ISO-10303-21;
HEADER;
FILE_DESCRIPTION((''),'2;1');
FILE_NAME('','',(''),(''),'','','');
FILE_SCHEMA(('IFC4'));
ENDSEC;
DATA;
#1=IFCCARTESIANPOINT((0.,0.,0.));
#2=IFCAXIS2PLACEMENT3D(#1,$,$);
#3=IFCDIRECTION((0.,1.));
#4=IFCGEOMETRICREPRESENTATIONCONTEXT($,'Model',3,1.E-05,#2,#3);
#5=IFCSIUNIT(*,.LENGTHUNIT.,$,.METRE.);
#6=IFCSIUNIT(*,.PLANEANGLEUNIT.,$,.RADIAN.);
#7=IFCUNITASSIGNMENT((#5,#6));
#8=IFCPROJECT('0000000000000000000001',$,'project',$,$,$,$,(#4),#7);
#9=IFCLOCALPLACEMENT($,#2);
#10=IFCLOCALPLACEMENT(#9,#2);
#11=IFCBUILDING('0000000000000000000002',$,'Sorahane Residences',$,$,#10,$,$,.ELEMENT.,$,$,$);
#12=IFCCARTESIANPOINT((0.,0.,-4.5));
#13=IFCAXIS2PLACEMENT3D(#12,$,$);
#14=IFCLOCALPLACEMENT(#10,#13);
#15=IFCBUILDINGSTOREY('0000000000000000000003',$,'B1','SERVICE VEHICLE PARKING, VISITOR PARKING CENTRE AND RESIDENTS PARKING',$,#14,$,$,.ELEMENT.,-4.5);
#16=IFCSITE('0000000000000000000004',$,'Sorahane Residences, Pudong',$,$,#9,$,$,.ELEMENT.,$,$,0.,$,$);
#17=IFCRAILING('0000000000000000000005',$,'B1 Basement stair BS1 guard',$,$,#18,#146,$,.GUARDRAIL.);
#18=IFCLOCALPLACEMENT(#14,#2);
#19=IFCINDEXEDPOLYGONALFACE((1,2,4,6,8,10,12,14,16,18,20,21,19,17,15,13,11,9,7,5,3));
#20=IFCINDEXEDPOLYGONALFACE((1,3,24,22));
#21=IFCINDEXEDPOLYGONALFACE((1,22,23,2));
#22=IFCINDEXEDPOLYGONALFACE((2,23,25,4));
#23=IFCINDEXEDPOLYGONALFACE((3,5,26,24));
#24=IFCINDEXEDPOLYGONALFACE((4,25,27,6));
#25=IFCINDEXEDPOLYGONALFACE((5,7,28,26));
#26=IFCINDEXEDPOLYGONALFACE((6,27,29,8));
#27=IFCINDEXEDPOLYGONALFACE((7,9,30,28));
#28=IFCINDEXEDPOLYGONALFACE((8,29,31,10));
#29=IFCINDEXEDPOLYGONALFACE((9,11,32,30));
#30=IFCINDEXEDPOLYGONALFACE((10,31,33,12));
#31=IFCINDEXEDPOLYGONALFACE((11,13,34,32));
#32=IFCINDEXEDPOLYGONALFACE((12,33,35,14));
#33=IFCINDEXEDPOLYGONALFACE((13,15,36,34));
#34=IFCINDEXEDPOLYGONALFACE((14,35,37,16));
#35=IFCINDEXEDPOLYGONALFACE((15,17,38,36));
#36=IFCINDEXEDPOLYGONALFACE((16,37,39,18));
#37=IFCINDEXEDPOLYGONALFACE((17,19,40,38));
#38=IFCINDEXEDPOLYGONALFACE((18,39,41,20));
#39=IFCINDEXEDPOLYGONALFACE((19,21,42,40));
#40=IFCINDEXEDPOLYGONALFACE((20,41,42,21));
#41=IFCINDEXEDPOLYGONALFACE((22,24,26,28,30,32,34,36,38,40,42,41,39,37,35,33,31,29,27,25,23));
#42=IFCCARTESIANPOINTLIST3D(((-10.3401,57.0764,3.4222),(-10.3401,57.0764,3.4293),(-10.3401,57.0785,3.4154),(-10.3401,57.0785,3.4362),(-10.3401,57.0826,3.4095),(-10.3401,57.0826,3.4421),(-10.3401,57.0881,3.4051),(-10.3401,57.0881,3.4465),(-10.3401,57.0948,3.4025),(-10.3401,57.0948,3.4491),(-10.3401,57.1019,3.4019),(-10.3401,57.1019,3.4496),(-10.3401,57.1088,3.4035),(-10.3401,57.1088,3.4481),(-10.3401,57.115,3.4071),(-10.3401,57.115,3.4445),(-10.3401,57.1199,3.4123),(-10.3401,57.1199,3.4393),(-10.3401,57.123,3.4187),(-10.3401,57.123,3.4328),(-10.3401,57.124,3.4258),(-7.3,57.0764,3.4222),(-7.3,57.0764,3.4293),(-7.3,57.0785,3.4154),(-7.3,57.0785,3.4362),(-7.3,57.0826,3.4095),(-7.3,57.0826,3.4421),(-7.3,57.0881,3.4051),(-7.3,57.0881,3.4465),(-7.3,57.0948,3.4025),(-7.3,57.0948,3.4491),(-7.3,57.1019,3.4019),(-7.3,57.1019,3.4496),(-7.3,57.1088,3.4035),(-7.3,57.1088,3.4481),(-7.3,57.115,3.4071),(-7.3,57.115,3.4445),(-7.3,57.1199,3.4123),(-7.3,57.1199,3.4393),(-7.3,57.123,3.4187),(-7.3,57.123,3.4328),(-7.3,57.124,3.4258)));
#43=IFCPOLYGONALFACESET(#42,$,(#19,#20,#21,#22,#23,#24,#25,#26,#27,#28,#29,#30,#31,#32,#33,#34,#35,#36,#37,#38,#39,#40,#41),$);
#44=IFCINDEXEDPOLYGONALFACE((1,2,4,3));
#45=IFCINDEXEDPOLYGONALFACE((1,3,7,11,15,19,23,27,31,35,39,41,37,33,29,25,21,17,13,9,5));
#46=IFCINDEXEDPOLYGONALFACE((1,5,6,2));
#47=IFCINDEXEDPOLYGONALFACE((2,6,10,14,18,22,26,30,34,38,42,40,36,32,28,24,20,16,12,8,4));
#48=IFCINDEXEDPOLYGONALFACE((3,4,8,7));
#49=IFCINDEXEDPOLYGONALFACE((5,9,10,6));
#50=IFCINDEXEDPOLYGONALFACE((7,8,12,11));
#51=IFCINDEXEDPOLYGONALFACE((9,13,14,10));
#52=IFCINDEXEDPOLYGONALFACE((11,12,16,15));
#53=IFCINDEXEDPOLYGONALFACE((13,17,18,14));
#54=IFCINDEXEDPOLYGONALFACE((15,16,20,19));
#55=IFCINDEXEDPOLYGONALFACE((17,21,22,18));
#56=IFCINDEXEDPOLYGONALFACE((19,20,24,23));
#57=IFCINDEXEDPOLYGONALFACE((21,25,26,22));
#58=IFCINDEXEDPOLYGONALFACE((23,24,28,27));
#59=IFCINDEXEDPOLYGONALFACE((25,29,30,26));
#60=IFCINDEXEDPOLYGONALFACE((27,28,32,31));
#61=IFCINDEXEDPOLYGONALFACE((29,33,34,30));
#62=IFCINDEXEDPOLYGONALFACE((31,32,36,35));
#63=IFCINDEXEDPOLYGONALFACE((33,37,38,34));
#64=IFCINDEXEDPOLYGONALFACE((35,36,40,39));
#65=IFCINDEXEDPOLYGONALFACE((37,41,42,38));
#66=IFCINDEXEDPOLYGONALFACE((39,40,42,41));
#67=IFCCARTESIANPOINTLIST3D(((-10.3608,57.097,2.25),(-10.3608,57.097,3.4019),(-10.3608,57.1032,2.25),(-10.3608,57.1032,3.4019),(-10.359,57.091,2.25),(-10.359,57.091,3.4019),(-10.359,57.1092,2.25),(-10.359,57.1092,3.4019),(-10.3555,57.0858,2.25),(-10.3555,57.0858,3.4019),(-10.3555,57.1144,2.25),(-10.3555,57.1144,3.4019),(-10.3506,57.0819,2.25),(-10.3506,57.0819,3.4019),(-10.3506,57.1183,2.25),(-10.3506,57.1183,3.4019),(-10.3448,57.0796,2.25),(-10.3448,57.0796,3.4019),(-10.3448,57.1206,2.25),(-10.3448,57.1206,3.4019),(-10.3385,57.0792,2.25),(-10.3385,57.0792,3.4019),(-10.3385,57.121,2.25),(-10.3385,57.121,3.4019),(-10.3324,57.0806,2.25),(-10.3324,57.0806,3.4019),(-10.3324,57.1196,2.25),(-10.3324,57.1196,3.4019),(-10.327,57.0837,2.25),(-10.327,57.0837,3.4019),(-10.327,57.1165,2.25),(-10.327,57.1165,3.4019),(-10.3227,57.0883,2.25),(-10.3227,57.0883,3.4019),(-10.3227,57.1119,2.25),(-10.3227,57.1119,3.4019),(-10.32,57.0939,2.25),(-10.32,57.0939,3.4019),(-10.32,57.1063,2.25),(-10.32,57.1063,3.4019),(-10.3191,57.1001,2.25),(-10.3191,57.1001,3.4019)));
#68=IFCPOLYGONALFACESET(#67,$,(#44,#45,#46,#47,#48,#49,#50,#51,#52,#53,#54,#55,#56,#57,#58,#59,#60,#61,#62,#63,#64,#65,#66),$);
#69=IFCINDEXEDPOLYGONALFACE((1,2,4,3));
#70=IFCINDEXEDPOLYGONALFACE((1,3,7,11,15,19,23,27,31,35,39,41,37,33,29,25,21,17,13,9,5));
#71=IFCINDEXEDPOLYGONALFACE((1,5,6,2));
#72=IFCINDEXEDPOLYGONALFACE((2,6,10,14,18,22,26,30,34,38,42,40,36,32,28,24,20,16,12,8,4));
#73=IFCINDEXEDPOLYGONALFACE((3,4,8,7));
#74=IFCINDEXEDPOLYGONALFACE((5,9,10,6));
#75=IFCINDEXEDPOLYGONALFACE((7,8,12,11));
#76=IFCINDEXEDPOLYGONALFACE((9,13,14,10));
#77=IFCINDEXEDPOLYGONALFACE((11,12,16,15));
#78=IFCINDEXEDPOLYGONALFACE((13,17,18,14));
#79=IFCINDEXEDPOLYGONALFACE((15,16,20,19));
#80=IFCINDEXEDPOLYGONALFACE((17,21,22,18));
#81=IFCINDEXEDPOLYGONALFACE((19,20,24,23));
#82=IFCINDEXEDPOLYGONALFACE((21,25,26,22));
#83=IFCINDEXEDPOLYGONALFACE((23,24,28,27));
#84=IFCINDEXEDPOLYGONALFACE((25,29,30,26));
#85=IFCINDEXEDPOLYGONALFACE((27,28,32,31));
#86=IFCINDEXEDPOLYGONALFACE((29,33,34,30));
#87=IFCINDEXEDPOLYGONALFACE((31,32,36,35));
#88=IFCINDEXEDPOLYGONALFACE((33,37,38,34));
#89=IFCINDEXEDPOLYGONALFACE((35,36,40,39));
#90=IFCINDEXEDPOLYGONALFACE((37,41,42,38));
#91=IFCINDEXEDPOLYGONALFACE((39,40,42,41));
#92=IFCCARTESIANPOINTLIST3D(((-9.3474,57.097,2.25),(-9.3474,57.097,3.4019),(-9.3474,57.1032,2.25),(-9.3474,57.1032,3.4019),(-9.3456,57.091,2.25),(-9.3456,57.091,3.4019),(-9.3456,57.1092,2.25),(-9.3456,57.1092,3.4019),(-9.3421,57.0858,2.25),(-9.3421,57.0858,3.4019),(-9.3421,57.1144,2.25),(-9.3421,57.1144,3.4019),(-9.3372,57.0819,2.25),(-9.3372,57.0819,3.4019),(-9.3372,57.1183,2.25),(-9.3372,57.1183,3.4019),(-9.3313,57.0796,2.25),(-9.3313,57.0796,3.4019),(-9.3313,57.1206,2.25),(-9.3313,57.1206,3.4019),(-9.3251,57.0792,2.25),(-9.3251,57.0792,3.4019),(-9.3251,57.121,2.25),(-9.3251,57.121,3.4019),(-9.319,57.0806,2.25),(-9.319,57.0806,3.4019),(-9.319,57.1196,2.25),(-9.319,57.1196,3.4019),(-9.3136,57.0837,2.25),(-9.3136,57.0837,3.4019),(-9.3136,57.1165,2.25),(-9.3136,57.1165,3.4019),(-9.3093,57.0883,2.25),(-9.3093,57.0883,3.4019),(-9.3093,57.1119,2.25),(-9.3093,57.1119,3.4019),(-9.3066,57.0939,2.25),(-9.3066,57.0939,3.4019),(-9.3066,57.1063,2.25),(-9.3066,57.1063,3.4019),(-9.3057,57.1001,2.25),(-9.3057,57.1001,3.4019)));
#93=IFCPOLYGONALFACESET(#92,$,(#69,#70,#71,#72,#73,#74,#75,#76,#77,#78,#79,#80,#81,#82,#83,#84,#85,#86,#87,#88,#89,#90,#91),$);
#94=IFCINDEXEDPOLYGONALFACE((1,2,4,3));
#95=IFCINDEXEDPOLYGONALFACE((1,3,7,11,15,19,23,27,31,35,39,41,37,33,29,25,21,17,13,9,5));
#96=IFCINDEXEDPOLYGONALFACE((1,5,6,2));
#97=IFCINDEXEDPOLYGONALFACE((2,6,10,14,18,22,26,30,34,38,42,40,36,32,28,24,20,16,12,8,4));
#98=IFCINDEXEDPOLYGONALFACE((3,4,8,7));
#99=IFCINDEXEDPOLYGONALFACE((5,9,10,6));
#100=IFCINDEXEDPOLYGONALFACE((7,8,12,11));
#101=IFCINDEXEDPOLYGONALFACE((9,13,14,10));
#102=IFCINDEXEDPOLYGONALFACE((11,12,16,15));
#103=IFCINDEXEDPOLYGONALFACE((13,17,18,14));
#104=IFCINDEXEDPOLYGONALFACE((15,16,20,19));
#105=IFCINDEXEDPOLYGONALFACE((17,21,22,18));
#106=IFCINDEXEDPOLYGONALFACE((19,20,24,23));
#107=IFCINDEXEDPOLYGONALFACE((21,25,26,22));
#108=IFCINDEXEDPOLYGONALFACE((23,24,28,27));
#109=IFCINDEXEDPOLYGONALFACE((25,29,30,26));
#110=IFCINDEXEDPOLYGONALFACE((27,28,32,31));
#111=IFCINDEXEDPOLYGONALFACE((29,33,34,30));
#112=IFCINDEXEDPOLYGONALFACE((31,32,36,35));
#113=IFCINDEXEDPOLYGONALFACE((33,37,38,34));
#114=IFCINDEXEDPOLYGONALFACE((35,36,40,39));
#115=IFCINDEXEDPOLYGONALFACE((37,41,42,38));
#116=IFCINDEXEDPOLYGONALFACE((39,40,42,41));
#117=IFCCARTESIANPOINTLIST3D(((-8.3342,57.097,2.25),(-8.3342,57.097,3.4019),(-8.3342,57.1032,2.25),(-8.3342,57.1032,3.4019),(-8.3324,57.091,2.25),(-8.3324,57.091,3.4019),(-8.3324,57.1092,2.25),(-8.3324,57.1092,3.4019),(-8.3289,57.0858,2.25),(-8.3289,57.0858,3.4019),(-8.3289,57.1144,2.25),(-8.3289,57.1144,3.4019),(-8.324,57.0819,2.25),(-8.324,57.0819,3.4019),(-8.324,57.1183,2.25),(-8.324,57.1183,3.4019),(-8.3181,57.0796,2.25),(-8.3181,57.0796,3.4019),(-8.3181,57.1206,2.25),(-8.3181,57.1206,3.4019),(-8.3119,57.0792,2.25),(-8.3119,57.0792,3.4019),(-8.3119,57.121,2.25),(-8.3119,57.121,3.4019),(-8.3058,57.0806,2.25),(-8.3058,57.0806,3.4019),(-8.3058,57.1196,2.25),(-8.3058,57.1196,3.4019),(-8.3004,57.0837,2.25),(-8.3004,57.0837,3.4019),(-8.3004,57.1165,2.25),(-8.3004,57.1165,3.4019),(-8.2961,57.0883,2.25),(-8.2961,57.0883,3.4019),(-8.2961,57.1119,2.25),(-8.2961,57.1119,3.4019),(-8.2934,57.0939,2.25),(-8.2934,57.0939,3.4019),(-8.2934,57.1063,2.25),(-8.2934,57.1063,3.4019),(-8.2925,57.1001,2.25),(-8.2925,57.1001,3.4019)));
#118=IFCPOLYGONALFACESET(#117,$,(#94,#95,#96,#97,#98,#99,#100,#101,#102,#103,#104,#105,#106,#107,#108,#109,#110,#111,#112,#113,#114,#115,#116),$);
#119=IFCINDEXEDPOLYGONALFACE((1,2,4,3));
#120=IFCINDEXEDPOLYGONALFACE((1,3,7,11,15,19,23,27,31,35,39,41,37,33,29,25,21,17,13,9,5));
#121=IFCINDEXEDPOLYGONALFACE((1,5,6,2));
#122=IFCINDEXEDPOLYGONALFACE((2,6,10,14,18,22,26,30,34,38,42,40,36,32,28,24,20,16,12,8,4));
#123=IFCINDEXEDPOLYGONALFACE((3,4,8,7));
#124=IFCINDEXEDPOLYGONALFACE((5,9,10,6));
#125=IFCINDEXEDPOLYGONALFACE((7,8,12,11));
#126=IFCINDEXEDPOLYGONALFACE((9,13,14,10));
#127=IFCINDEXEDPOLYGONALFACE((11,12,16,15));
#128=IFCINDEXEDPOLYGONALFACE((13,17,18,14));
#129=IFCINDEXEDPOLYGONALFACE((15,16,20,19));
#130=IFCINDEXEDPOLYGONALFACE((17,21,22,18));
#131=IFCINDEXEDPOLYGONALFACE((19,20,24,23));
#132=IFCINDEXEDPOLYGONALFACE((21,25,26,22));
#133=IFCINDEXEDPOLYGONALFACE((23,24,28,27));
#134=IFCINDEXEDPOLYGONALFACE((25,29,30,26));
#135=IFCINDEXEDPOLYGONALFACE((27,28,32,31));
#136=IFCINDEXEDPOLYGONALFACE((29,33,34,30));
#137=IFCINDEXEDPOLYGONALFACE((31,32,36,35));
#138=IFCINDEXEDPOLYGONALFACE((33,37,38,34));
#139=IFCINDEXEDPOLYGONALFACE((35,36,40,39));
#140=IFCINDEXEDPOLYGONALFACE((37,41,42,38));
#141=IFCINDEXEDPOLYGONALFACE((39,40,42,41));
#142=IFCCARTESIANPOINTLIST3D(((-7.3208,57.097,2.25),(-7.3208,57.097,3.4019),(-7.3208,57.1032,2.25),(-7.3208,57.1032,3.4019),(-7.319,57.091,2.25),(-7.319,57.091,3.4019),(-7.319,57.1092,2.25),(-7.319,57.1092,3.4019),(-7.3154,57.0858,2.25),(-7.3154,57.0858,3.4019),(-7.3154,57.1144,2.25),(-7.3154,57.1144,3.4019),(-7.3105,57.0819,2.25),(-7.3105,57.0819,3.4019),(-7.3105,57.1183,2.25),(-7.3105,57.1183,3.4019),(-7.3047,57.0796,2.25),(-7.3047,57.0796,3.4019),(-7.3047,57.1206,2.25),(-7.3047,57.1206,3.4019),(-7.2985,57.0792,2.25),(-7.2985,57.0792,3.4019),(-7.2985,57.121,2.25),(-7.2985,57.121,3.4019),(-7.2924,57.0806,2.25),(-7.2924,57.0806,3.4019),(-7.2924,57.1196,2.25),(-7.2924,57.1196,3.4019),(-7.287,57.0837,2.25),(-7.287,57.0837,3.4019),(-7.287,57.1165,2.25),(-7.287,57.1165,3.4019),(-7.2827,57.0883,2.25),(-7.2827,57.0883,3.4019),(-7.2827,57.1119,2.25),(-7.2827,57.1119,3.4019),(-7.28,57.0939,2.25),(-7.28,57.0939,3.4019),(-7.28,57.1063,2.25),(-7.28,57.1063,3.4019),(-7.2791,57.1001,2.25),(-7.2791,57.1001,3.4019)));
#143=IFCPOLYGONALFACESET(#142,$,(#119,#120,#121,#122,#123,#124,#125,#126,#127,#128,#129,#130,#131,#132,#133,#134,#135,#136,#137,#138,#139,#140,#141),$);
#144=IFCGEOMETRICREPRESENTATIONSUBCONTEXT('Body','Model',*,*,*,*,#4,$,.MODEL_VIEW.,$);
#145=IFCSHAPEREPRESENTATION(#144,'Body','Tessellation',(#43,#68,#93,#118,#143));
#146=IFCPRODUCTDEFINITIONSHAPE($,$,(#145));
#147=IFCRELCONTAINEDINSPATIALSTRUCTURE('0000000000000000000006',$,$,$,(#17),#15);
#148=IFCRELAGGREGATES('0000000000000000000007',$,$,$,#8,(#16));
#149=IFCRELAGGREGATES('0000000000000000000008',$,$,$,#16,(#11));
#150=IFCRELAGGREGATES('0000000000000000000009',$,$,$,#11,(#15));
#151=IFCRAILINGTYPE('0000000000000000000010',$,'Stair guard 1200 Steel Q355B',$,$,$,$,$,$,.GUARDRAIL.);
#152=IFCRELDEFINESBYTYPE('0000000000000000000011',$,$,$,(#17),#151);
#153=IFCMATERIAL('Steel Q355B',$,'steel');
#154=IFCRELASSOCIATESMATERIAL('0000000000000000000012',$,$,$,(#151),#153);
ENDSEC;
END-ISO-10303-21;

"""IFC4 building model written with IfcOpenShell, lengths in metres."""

from ifc_helpers import new_model, si_unit, direction, frame, origin, origin_2d, place, context, subcontext, project, spatial, circle, extrude, material, type_object, element, save


model = new_model("IFC4")

# Units and contexts
model_context = context("Model", 3, precision=1e-05, world=origin(), true_north=direction((0.0, 1.0)))
body_context = subcontext(model_context, "Body", "Model", "MODEL_VIEW")
ifc_project = project(units=[si_unit("LENGTHUNIT", "METRE"), si_unit("PLANEANGLEUNIT", "RADIAN")], contexts=[model_context])

# Site, building, storey
site_placement = place(None, origin())
site = spatial("IfcSite", under=ifc_project, at=site_placement, Name="Sorahane Residences, Pudong", CompositionType="ELEMENT", RefElevation=0.0)
building_placement = place(site_placement, origin())
building = spatial("IfcBuilding", under=site, at=building_placement, Name="Sorahane Residences", CompositionType="ELEMENT")
storey_placement = place(building_placement, frame((0.0, 0.0, -4.5)))
storey = spatial("IfcBuildingStorey", under=building, at=storey_placement, Name="B1", Description="SERVICE VEHICLE PARKING, VISITOR PARKING CENTRE AND RESIDENTS PARKING", CompositionType="ELEMENT", Elevation=-4.5)

# Railing
ifc_material_1 = material(Name="Steel Q355B", Category="steel")
railing_type = type_object("IfcRailingType", Name="Stair guard 1200 Steel Q355B", PredefinedType="GUARDRAIL", material=ifc_material_1)
railing_placement = place(storey_placement, frame((-10.3401, 57.1001, 2.25)))
element("IfcRailing", 1, at=railing_placement, inside=storey, type_object=railing_type, Name="B1 Basement stair BS1 guard", PredefinedType="GUARDRAIL", context=body_context, shape_type="SweptSolid", body=[
    extrude(circle(Radius=0.0239, at=origin_2d()), frame((0.0, 0.0, 1.1758), z_axis=(1.0, 0.0, 0.0), x_axis=(0.0, 1.0, 0.0)), (0.0, 0.0, 1.0), 3.04),
    extrude(circle(Radius=0.021, at=origin_2d()), origin(), (0.0, 0.0, 1.0), 1.1519),
    extrude(circle(Radius=0.021, at=origin_2d()), frame((1.0134, 0.0, 0.0)), (0.0, 0.0, 1.0), 1.1519),
    extrude(circle(Radius=0.021, at=origin_2d()), frame((2.0266, 0.0, 0.0)), (0.0, 0.0, 1.0), 1.1519),
    extrude(circle(Radius=0.021, at=origin_2d()), frame((3.04, 0.0, 0.0)), (0.0, 0.0, 1.0), 1.1519),
])

save(model, "model.ifc")
